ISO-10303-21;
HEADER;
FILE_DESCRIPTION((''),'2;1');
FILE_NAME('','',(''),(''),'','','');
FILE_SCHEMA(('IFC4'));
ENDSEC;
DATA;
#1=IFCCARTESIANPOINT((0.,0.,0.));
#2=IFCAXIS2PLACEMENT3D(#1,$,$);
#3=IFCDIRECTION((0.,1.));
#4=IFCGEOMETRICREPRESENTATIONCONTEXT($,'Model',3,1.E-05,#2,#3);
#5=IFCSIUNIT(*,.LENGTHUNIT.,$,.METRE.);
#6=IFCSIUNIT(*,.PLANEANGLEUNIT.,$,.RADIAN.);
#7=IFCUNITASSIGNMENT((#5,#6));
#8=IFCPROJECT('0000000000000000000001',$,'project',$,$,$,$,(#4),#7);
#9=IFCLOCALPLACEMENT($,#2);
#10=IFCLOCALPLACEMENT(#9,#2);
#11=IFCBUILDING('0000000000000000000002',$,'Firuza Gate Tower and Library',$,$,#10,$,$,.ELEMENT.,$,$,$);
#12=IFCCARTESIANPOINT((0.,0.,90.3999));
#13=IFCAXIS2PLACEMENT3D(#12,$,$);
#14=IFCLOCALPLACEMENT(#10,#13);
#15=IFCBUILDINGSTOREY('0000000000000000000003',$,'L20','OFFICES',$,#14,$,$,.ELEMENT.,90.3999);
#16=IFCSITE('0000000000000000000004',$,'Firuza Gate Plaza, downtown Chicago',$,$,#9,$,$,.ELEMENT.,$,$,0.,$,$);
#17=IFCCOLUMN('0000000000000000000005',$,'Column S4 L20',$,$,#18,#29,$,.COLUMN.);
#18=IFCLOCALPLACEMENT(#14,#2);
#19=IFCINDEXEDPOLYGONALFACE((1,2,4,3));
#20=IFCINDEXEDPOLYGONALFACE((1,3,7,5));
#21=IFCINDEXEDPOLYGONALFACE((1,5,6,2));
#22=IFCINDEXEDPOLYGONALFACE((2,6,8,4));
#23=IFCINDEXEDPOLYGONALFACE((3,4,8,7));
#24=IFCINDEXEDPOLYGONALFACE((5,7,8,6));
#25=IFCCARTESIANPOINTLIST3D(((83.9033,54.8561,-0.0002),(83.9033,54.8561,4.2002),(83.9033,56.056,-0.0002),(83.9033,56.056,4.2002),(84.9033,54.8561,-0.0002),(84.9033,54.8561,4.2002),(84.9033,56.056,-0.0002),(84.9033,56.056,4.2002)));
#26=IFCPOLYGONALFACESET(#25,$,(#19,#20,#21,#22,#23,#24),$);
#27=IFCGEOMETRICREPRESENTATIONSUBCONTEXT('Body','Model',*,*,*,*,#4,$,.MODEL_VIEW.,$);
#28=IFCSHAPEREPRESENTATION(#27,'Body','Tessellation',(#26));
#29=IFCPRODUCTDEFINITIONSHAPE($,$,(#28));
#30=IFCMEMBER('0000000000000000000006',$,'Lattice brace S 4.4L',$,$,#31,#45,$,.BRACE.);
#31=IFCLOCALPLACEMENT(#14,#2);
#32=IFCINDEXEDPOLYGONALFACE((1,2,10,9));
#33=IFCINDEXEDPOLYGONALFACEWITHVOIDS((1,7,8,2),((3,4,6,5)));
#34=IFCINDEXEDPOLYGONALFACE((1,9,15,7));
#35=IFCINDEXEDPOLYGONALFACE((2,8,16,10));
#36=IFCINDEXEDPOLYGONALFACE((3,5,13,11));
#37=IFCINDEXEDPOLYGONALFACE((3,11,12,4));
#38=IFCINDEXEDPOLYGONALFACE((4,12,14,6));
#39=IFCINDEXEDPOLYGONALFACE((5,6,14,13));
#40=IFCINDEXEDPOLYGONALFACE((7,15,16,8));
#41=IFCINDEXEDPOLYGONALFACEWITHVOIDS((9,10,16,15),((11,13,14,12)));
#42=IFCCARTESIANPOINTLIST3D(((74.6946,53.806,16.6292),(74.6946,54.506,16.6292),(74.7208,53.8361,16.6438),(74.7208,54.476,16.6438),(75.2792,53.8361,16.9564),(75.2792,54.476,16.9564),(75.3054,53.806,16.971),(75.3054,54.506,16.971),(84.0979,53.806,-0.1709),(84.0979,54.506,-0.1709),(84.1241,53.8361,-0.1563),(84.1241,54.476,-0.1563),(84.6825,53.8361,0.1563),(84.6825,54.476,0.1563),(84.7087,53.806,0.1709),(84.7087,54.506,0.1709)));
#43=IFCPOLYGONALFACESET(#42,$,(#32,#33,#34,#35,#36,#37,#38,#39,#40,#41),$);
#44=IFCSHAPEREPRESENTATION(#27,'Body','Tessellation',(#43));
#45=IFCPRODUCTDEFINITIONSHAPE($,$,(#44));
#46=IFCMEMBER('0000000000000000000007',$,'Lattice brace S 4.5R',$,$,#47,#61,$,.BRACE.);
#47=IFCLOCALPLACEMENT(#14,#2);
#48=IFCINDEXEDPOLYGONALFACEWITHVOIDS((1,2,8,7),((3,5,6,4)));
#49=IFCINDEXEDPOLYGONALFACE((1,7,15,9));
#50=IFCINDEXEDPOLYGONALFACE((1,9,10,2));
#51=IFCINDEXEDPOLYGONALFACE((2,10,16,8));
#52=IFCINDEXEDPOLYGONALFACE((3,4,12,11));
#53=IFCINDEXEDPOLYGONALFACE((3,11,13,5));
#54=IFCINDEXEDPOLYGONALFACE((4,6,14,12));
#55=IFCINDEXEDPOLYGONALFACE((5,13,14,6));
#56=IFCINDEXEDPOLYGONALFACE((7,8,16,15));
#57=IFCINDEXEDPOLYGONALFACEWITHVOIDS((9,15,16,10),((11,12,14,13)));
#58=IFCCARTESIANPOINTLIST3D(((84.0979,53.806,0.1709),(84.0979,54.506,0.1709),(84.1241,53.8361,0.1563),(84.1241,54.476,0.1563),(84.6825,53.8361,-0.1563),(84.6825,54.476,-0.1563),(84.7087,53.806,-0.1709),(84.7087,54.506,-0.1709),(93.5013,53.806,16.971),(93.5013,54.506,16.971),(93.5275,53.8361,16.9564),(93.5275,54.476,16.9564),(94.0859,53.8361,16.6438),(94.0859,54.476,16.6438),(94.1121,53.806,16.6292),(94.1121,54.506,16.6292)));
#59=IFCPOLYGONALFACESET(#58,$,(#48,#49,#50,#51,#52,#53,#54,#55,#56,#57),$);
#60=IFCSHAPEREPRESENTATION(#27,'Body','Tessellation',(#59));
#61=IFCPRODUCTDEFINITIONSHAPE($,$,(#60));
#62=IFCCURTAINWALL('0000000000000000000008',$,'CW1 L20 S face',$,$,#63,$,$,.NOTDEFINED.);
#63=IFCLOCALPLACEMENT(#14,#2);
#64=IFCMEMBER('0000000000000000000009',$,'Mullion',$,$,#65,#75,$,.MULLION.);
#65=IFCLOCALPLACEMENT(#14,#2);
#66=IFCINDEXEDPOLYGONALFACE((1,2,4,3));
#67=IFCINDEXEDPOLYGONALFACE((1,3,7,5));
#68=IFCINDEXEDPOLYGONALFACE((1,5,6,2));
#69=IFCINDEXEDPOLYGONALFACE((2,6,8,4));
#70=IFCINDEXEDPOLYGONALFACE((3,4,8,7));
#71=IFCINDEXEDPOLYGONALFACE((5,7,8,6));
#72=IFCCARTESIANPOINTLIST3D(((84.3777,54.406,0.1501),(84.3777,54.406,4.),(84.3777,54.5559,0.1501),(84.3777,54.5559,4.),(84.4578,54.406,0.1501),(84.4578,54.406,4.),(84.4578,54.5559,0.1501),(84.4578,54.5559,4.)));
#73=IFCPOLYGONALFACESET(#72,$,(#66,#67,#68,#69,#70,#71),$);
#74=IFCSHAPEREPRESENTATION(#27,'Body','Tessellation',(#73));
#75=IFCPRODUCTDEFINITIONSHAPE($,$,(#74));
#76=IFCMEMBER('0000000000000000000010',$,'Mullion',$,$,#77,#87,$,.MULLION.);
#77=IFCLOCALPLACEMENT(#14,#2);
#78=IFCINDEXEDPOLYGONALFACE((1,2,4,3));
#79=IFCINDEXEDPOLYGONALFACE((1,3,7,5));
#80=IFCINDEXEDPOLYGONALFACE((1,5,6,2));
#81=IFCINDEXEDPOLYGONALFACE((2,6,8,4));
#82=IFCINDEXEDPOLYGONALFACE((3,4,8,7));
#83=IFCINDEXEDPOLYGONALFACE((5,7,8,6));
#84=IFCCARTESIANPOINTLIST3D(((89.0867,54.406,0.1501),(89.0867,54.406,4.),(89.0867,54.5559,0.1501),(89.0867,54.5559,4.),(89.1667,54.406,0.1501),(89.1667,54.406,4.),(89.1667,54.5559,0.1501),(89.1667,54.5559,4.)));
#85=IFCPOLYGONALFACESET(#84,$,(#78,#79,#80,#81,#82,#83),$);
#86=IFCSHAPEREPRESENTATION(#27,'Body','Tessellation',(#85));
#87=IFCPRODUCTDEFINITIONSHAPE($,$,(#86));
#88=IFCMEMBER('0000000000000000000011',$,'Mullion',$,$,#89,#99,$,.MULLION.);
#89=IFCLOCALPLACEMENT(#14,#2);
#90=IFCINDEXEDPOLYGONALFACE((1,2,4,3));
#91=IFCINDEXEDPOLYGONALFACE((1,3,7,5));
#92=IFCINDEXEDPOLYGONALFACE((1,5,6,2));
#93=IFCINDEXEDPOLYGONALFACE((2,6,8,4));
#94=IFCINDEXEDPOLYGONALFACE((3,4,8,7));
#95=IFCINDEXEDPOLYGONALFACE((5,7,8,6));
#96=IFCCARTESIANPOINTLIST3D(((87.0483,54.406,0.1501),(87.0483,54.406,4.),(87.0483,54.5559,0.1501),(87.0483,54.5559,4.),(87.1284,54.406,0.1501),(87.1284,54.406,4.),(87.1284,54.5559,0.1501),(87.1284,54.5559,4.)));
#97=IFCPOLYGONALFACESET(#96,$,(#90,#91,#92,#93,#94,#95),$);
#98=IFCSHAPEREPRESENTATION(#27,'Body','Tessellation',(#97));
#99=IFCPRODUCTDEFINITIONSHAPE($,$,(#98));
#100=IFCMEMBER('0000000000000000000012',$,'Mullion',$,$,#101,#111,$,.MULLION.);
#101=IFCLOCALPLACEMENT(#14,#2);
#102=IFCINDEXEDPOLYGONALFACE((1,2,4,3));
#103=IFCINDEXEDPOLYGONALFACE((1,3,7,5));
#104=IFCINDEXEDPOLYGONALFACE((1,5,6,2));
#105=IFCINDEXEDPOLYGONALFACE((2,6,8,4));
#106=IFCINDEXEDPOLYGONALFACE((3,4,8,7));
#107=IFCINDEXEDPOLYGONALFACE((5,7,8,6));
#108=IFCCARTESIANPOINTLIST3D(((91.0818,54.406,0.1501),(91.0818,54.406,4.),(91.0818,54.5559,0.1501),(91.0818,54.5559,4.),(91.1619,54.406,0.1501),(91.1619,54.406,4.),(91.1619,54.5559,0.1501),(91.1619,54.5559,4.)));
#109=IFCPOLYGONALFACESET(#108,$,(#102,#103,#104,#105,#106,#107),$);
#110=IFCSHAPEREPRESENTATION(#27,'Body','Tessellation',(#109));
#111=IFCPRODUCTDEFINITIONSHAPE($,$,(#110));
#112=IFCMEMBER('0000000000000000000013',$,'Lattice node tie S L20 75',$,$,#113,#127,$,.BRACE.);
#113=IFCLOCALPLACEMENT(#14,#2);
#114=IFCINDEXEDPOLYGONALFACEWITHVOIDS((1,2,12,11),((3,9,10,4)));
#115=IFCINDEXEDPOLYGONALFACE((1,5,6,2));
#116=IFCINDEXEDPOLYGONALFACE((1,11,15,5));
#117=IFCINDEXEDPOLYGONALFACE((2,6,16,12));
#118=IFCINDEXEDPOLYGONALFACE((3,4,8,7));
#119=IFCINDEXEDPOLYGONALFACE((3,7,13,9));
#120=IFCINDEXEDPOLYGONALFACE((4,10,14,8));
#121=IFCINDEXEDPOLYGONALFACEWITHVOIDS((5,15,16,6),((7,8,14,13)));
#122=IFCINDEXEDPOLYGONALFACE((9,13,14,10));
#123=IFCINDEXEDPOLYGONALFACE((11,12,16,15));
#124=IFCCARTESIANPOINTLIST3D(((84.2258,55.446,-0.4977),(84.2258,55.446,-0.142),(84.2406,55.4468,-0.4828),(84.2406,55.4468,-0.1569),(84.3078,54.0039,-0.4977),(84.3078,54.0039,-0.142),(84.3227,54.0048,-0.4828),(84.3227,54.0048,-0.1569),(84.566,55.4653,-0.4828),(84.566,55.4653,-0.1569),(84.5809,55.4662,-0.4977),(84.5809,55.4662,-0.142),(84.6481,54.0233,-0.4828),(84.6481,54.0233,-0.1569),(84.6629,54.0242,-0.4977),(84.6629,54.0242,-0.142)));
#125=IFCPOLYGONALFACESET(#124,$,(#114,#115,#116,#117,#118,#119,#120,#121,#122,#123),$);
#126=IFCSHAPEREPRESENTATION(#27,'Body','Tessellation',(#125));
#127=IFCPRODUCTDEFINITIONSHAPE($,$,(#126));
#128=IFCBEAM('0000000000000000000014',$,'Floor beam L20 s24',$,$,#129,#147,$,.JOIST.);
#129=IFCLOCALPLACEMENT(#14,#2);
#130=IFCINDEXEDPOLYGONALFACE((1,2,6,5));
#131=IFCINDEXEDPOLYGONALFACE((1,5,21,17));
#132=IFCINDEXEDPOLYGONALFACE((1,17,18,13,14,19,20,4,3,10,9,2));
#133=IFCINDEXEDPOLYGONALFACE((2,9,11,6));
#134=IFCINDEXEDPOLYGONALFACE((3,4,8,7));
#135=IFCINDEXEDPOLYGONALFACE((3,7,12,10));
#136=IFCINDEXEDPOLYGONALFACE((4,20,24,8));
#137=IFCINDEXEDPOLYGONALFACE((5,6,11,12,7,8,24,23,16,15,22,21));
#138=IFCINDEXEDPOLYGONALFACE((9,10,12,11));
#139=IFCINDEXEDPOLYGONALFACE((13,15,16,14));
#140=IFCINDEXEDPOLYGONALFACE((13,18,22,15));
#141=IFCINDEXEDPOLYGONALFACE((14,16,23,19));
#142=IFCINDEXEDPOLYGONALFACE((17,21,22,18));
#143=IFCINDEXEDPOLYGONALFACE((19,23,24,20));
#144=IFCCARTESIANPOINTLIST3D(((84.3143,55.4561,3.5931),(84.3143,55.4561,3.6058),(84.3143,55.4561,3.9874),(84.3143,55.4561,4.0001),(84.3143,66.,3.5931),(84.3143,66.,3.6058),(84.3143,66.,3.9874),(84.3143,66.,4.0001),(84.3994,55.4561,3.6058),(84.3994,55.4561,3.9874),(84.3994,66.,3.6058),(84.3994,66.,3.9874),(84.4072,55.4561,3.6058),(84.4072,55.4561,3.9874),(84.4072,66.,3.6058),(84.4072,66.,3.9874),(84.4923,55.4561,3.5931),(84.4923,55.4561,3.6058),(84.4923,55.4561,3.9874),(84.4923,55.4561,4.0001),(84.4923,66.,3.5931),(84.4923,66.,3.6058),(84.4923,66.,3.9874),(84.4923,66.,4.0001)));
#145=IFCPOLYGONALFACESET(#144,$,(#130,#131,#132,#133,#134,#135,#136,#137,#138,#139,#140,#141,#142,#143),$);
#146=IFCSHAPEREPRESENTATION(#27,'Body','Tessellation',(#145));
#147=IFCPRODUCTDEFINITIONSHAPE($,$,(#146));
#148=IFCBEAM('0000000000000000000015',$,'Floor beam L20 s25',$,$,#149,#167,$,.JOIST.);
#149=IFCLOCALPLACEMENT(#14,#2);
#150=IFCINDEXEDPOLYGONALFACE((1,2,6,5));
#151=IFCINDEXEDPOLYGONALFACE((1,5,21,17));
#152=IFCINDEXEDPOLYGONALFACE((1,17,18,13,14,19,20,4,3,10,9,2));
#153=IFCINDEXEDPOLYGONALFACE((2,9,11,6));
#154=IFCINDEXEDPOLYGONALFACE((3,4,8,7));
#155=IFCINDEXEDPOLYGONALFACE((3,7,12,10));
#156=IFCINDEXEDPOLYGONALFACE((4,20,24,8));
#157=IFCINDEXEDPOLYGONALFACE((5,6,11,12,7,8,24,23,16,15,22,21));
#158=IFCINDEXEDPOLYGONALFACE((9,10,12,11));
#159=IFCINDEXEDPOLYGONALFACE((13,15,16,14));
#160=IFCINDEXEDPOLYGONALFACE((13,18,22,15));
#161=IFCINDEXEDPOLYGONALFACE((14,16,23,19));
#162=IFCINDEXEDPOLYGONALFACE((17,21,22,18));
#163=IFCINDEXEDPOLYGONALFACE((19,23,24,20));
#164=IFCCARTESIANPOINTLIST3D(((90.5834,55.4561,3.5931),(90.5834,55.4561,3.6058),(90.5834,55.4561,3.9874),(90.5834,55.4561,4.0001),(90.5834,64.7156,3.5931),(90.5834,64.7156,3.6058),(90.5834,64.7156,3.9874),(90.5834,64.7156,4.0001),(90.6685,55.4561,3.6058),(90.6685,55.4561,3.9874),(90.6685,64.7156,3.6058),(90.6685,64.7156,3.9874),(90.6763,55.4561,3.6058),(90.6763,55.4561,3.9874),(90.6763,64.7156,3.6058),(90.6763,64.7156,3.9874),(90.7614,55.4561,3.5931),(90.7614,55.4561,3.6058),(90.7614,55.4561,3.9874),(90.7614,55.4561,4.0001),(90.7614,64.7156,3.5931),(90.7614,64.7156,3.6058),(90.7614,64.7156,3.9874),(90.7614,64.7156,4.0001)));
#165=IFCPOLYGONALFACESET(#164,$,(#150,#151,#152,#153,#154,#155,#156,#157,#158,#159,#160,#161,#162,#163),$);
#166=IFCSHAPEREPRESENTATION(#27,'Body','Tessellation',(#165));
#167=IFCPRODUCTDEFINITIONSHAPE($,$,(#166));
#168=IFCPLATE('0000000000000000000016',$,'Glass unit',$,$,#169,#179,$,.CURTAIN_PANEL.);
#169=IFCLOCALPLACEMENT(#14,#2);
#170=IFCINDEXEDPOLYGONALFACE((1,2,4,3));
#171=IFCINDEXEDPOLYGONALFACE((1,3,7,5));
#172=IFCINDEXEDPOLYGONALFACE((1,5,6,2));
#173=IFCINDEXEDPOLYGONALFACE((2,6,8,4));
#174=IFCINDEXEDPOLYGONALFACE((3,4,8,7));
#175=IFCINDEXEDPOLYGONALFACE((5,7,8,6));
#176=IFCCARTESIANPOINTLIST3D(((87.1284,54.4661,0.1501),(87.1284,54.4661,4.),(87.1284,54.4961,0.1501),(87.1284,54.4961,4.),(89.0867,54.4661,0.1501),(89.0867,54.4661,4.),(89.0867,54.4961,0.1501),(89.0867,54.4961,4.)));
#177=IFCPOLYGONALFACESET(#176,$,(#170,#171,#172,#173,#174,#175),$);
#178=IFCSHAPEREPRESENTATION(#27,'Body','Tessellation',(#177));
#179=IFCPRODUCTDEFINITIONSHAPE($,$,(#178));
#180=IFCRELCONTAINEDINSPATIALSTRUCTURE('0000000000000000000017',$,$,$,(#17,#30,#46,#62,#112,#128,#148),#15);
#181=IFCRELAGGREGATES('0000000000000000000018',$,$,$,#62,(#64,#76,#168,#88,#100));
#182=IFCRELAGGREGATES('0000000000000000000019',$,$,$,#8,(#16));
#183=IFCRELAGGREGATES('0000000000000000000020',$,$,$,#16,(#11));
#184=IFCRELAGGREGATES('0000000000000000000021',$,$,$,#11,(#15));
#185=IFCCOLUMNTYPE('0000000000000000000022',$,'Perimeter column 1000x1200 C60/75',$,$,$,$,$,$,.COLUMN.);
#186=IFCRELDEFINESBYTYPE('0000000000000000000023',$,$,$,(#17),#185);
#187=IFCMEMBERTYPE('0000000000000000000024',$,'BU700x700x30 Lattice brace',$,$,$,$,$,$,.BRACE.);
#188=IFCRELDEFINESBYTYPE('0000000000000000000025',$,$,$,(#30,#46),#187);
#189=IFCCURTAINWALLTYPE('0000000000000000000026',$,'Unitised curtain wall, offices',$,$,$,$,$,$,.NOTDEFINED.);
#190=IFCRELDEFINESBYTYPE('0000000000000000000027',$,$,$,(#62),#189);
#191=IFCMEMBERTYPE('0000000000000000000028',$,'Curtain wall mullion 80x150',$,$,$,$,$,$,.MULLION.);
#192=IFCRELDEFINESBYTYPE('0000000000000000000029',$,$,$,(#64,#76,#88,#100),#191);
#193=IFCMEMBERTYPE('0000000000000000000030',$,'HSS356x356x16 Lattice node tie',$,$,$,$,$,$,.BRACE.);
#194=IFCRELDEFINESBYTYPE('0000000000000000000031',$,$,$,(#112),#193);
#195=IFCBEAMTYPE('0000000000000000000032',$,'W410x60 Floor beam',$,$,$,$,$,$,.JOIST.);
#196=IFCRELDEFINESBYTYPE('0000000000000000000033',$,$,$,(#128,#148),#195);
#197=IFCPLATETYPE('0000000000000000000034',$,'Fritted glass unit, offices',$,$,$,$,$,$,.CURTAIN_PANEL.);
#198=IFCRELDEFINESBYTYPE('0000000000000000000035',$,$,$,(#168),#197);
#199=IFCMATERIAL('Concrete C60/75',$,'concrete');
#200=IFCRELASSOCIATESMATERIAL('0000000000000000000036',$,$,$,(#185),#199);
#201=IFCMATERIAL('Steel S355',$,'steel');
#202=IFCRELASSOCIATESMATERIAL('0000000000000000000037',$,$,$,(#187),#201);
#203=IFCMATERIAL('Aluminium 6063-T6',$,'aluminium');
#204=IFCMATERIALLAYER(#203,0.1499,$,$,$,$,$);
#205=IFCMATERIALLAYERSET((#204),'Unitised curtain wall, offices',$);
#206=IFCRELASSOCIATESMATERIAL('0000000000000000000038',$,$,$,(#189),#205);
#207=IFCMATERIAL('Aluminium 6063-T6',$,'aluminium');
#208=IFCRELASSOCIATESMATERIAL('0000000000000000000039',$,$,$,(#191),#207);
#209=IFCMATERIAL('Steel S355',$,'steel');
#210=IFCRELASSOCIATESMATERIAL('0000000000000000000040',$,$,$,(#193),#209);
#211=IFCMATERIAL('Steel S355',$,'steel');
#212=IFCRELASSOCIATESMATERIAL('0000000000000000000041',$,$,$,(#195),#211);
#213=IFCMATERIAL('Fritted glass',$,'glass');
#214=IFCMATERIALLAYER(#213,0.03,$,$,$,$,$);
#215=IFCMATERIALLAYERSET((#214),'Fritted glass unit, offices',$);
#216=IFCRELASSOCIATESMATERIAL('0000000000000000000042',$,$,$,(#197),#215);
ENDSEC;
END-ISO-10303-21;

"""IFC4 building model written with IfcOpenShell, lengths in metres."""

from ifc_helpers import new_model, si_unit, direction, frame, origin, origin_2d, place, context, subcontext, project, spatial, polyline, rectangle, hollow_rectangle, i_section, outline, extrude, material, layer, layer_set, material_profile, profile_set, type_object, element, aggregate, save


model = new_model("IFC4")

# Units and contexts
model_context = context("Model", 3, precision=1e-05, world=origin(), true_north=direction((0.0, 1.0)))
body_context = subcontext(model_context, "Body", "Model", "MODEL_VIEW")
ifc_project = project(units=[si_unit("LENGTHUNIT", "METRE"), si_unit("PLANEANGLEUNIT", "RADIAN")], contexts=[model_context])

# Site, building, storey
site_placement = place(None, origin())
site = spatial("IfcSite", under=ifc_project, at=site_placement, Name="Firuza Gate Plaza, downtown Chicago", CompositionType="ELEMENT", RefElevation=0.0)
building_placement = place(site_placement, origin())
building = spatial("IfcBuilding", under=site, at=building_placement, Name="Firuza Gate Tower and Library", CompositionType="ELEMENT")
storey_placement = place(building_placement, frame((0.0, 0.0, 90.3999)))
storey = spatial("IfcBuildingStorey", under=building, at=storey_placement, Name="L20", Description="OFFICES", CompositionType="ELEMENT", Elevation=90.3999)

# Column
ifc_material_1 = material(Name="Concrete C60/75", Category="concrete")
ifc_material_profile_1 = material_profile(ifc_material_1, rectangle(XDim=1.0, YDim=1.2, at=origin_2d()))
ifc_profile_set_1 = profile_set([ifc_material_profile_1], Name="Concrete C60/75")
column_type = type_object("IfcColumnType", Name="Perimeter column 1000x1200 C60/75", PredefinedType="COLUMN", material=ifc_profile_set_1)
column_placement = place(storey_placement, frame((84.4033, 55.4561, -0.0002), z_axis=(0.0, 0.0, 1.0), x_axis=(1.0, 0.0, 0.0)))
element("IfcColumn", 1, at=column_placement, inside=storey, type_object=column_type, Name="Column S4 L20", PredefinedType="COLUMN", context=body_context, shape_type="SweptSolid", body=[
    extrude(rectangle(XDim=1.0, YDim=1.2, at=origin_2d()), origin(), (0.0, 0.0, 1.0), 4.2004),
])

# Members
ifc_material_2 = material(Name="Steel S355", Category="steel")
ifc_material_profile_2 = material_profile(ifc_material_2, hollow_rectangle(XDim=0.7, YDim=0.7, WallThickness=0.03, at=origin_2d()))
ifc_profile_set_2 = profile_set([ifc_material_profile_2], Name="Steel S355")
member_type_1 = type_object("IfcMemberType", Name="BU700x700x30 Lattice brace", PredefinedType="BRACE", material=ifc_profile_set_2)
for number, where, z_axis, x_axis, name in (
    (2, (84.4033, 54.156, 0.0), (-0.488417, 0.0, 0.87261), (0.0, -1.0, 0.0), "Lattice brace S 4.4L"),
    (3, (84.4033, 54.156, 0.0), (0.488417, 0.0, 0.87261), (0.0, 1.0, 0.0), "Lattice brace S 4.5R"),
):
    element("IfcMember", number, at=place(storey_placement, frame(where, z_axis=z_axis, x_axis=x_axis)), inside=storey, type_object=member_type_1, Name=name, PredefinedType="BRACE", context=body_context, shape_type="SweptSolid", body=[
        extrude(hollow_rectangle(XDim=0.7, YDim=0.7, WallThickness=0.03, at=origin_2d()), origin(), (0.0, 0.0, 1.0), 19.2527),
    ])

# Curtain wall, members
ifc_material_3 = material(Name="Aluminium 6063-T6", Category="aluminium")
ifc_layer_1 = layer(ifc_material_3, 0.1499)
ifc_layer_set_1 = layer_set([ifc_layer_1], Name="Unitised curtain wall, offices")
curtain_wall_type = type_object("IfcCurtainWallType", Name="Unitised curtain wall, offices", PredefinedType="NOTDEFINED", material=ifc_layer_set_1)
curtain_wall_placement = place(storey_placement, origin())
curtain_wall = element("IfcCurtainWall", 4, at=curtain_wall_placement, inside=storey, type_object=curtain_wall_type, Name="CW1 L20 S face", PredefinedType="NOTDEFINED")
ifc_material_4 = material(Name="Aluminium 6063-T6", Category="aluminium")
ifc_material_profile_3 = material_profile(ifc_material_4, rectangle(XDim=0.1499, YDim=0.0801, at=origin_2d()))
ifc_profile_set_3 = profile_set([ifc_material_profile_3], Name="Aluminium 6063-T6")
member_type_2 = type_object("IfcMemberType", Name="Curtain wall mullion 80x150", PredefinedType="MULLION", material=ifc_profile_set_3)
member_1_placement = place(storey_placement, frame((84.4177, 54.481, 0.1501), z_axis=(0.0, 0.0, 1.0), x_axis=(0.0, 1.0, 0.0)))
member_1 = element("IfcMember", 5, at=member_1_placement, type_object=member_type_2, Name="Mullion", PredefinedType="MULLION", context=body_context, shape_type="SweptSolid", body=[
    extrude(rectangle(XDim=0.1499, YDim=0.0801, at=origin_2d()), origin(), (0.0, 0.0, 1.0), 3.8499),
])
member_2_placement = place(storey_placement, frame((89.1267, 54.481, 0.1501), z_axis=(0.0, 0.0, 1.0), x_axis=(0.0, 1.0, 0.0)))
member_2 = element("IfcMember", 6, at=member_2_placement, type_object=member_type_2, Name="Mullion", PredefinedType="MULLION", context=body_context, shape_type="SweptSolid", body=[
    extrude(rectangle(XDim=0.1499, YDim=0.0801, at=origin_2d()), origin(), (0.0, 0.0, 1.0), 3.8499),
])
member_3_placement = place(storey_placement, frame((87.0884, 54.481, 0.1501), z_axis=(0.0, 0.0, 1.0), x_axis=(0.0, 1.0, 0.0)))
member_3 = element("IfcMember", 7, at=member_3_placement, type_object=member_type_2, Name="Mullion", PredefinedType="MULLION", context=body_context, shape_type="SweptSolid", body=[
    extrude(rectangle(XDim=0.1499, YDim=0.0801, at=origin_2d()), origin(), (0.0, 0.0, 1.0), 3.8499),
])
member_4_placement = place(storey_placement, frame((91.1218, 54.481, 0.1501), z_axis=(0.0, 0.0, 1.0), x_axis=(0.0, 1.0, 0.0)))
member_4 = element("IfcMember", 8, at=member_4_placement, type_object=member_type_2, Name="Mullion", PredefinedType="MULLION", context=body_context, shape_type="SweptSolid", body=[
    extrude(rectangle(XDim=0.1499, YDim=0.0801, at=origin_2d()), origin(), (0.0, 0.0, 1.0), 3.8499),
])

# Member
ifc_material_5 = material(Name="Steel S355", Category="steel")
ifc_material_profile_4 = material_profile(ifc_material_5, hollow_rectangle(XDim=0.3557, YDim=0.3557, WallThickness=0.0149, at=origin_2d()))
ifc_profile_set_4 = profile_set([ifc_material_profile_4], Name="Steel S355")
member_type_3 = type_object("IfcMemberType", Name="HSS356x356x16 Lattice node tie", PredefinedType="BRACE", material=ifc_profile_set_4)
member_5_placement = place(storey_placement, frame((84.4033, 55.4561, -0.3198), z_axis=(0.056799, -0.998386, 0.0), x_axis=(0.998386, 0.056799, 0.0)))
element("IfcMember", 9, at=member_5_placement, inside=storey, type_object=member_type_3, Name="Lattice node tie S L20 75", PredefinedType="BRACE", context=body_context, shape_type="SweptSolid", body=[
    extrude(hollow_rectangle(XDim=0.3557, YDim=0.3557, WallThickness=0.0149, at=origin_2d()), origin(), (0.0, 0.0, 1.0), 1.4443),
])

# Beams
ifc_material_6 = material(Name="Steel S355", Category="steel")
ifc_material_profile_5 = material_profile(ifc_material_6, i_section(OverallWidth=0.178, OverallDepth=0.407, WebThickness=0.0078, FlangeThickness=0.0127, at=origin_2d()))
ifc_profile_set_5 = profile_set([ifc_material_profile_5], Name="Steel S355")
beam_type = type_object("IfcBeamType", Name="W410x60 Floor beam", PredefinedType="JOIST", material=ifc_profile_set_5)
beam_1_placement = place(storey_placement, frame((84.4033, 55.4561, 3.7966), z_axis=(0.0, 1.0, 0.0), x_axis=(-1.0, 0.0, 0.0)))
element("IfcBeam", 10, at=beam_1_placement, inside=storey, type_object=beam_type, Name="Floor beam L20 s24", PredefinedType="JOIST", context=body_context, shape_type="SweptSolid", body=[
    extrude(i_section(OverallWidth=0.178, OverallDepth=0.407, WebThickness=0.0078, FlangeThickness=0.0127, at=origin_2d()), origin(), (0.0, 0.0, 1.0), 10.5439),
])
beam_2_placement = place(storey_placement, frame((90.6724, 55.4561, 3.7966), z_axis=(0.0, 1.0, 0.0), x_axis=(-1.0, 0.0, 0.0)))
element("IfcBeam", 11, at=beam_2_placement, inside=storey, type_object=beam_type, Name="Floor beam L20 s25", PredefinedType="JOIST", context=body_context, shape_type="SweptSolid", body=[
    extrude(i_section(OverallWidth=0.178, OverallDepth=0.407, WebThickness=0.0078, FlangeThickness=0.0127, at=origin_2d()), origin(), (0.0, 0.0, 1.0), 9.2595),
])

# Plate
ifc_material_7 = material(Name="Fritted glass", Category="glass")
ifc_layer_2 = layer(ifc_material_7, 0.03)
ifc_layer_set_2 = layer_set([ifc_layer_2], Name="Fritted glass unit, offices")
plate_type_1 = type_object("IfcPlateType", Name="Fritted glass unit, offices", PredefinedType="CURTAIN_PANEL", material=ifc_layer_set_2)
plate_1_placement = place(storey_placement, frame((87.1284, 54.4661, 0.1501), z_axis=(0.0, -1.0, 0.0), x_axis=(1.0, 0.0, 0.0)))
plate_1 = element("IfcPlate", 12, at=plate_1_placement, type_object=plate_type_1, Name="Glass unit", PredefinedType="CURTAIN_PANEL", context=body_context, shape_type="SweptSolid", body=[
    extrude(outline(polyline([(0.0, 0.0), (1.9583, 0.0), (1.9583, 3.8499), (0.0, 3.8499), (0.0, 0.0)])), origin(), (0.0, 0.0, -1.0), 0.03),
])
aggregate(curtain_wall, [member_1, member_2, plate_1, member_3, member_4])

save(model, "model.ifc")
